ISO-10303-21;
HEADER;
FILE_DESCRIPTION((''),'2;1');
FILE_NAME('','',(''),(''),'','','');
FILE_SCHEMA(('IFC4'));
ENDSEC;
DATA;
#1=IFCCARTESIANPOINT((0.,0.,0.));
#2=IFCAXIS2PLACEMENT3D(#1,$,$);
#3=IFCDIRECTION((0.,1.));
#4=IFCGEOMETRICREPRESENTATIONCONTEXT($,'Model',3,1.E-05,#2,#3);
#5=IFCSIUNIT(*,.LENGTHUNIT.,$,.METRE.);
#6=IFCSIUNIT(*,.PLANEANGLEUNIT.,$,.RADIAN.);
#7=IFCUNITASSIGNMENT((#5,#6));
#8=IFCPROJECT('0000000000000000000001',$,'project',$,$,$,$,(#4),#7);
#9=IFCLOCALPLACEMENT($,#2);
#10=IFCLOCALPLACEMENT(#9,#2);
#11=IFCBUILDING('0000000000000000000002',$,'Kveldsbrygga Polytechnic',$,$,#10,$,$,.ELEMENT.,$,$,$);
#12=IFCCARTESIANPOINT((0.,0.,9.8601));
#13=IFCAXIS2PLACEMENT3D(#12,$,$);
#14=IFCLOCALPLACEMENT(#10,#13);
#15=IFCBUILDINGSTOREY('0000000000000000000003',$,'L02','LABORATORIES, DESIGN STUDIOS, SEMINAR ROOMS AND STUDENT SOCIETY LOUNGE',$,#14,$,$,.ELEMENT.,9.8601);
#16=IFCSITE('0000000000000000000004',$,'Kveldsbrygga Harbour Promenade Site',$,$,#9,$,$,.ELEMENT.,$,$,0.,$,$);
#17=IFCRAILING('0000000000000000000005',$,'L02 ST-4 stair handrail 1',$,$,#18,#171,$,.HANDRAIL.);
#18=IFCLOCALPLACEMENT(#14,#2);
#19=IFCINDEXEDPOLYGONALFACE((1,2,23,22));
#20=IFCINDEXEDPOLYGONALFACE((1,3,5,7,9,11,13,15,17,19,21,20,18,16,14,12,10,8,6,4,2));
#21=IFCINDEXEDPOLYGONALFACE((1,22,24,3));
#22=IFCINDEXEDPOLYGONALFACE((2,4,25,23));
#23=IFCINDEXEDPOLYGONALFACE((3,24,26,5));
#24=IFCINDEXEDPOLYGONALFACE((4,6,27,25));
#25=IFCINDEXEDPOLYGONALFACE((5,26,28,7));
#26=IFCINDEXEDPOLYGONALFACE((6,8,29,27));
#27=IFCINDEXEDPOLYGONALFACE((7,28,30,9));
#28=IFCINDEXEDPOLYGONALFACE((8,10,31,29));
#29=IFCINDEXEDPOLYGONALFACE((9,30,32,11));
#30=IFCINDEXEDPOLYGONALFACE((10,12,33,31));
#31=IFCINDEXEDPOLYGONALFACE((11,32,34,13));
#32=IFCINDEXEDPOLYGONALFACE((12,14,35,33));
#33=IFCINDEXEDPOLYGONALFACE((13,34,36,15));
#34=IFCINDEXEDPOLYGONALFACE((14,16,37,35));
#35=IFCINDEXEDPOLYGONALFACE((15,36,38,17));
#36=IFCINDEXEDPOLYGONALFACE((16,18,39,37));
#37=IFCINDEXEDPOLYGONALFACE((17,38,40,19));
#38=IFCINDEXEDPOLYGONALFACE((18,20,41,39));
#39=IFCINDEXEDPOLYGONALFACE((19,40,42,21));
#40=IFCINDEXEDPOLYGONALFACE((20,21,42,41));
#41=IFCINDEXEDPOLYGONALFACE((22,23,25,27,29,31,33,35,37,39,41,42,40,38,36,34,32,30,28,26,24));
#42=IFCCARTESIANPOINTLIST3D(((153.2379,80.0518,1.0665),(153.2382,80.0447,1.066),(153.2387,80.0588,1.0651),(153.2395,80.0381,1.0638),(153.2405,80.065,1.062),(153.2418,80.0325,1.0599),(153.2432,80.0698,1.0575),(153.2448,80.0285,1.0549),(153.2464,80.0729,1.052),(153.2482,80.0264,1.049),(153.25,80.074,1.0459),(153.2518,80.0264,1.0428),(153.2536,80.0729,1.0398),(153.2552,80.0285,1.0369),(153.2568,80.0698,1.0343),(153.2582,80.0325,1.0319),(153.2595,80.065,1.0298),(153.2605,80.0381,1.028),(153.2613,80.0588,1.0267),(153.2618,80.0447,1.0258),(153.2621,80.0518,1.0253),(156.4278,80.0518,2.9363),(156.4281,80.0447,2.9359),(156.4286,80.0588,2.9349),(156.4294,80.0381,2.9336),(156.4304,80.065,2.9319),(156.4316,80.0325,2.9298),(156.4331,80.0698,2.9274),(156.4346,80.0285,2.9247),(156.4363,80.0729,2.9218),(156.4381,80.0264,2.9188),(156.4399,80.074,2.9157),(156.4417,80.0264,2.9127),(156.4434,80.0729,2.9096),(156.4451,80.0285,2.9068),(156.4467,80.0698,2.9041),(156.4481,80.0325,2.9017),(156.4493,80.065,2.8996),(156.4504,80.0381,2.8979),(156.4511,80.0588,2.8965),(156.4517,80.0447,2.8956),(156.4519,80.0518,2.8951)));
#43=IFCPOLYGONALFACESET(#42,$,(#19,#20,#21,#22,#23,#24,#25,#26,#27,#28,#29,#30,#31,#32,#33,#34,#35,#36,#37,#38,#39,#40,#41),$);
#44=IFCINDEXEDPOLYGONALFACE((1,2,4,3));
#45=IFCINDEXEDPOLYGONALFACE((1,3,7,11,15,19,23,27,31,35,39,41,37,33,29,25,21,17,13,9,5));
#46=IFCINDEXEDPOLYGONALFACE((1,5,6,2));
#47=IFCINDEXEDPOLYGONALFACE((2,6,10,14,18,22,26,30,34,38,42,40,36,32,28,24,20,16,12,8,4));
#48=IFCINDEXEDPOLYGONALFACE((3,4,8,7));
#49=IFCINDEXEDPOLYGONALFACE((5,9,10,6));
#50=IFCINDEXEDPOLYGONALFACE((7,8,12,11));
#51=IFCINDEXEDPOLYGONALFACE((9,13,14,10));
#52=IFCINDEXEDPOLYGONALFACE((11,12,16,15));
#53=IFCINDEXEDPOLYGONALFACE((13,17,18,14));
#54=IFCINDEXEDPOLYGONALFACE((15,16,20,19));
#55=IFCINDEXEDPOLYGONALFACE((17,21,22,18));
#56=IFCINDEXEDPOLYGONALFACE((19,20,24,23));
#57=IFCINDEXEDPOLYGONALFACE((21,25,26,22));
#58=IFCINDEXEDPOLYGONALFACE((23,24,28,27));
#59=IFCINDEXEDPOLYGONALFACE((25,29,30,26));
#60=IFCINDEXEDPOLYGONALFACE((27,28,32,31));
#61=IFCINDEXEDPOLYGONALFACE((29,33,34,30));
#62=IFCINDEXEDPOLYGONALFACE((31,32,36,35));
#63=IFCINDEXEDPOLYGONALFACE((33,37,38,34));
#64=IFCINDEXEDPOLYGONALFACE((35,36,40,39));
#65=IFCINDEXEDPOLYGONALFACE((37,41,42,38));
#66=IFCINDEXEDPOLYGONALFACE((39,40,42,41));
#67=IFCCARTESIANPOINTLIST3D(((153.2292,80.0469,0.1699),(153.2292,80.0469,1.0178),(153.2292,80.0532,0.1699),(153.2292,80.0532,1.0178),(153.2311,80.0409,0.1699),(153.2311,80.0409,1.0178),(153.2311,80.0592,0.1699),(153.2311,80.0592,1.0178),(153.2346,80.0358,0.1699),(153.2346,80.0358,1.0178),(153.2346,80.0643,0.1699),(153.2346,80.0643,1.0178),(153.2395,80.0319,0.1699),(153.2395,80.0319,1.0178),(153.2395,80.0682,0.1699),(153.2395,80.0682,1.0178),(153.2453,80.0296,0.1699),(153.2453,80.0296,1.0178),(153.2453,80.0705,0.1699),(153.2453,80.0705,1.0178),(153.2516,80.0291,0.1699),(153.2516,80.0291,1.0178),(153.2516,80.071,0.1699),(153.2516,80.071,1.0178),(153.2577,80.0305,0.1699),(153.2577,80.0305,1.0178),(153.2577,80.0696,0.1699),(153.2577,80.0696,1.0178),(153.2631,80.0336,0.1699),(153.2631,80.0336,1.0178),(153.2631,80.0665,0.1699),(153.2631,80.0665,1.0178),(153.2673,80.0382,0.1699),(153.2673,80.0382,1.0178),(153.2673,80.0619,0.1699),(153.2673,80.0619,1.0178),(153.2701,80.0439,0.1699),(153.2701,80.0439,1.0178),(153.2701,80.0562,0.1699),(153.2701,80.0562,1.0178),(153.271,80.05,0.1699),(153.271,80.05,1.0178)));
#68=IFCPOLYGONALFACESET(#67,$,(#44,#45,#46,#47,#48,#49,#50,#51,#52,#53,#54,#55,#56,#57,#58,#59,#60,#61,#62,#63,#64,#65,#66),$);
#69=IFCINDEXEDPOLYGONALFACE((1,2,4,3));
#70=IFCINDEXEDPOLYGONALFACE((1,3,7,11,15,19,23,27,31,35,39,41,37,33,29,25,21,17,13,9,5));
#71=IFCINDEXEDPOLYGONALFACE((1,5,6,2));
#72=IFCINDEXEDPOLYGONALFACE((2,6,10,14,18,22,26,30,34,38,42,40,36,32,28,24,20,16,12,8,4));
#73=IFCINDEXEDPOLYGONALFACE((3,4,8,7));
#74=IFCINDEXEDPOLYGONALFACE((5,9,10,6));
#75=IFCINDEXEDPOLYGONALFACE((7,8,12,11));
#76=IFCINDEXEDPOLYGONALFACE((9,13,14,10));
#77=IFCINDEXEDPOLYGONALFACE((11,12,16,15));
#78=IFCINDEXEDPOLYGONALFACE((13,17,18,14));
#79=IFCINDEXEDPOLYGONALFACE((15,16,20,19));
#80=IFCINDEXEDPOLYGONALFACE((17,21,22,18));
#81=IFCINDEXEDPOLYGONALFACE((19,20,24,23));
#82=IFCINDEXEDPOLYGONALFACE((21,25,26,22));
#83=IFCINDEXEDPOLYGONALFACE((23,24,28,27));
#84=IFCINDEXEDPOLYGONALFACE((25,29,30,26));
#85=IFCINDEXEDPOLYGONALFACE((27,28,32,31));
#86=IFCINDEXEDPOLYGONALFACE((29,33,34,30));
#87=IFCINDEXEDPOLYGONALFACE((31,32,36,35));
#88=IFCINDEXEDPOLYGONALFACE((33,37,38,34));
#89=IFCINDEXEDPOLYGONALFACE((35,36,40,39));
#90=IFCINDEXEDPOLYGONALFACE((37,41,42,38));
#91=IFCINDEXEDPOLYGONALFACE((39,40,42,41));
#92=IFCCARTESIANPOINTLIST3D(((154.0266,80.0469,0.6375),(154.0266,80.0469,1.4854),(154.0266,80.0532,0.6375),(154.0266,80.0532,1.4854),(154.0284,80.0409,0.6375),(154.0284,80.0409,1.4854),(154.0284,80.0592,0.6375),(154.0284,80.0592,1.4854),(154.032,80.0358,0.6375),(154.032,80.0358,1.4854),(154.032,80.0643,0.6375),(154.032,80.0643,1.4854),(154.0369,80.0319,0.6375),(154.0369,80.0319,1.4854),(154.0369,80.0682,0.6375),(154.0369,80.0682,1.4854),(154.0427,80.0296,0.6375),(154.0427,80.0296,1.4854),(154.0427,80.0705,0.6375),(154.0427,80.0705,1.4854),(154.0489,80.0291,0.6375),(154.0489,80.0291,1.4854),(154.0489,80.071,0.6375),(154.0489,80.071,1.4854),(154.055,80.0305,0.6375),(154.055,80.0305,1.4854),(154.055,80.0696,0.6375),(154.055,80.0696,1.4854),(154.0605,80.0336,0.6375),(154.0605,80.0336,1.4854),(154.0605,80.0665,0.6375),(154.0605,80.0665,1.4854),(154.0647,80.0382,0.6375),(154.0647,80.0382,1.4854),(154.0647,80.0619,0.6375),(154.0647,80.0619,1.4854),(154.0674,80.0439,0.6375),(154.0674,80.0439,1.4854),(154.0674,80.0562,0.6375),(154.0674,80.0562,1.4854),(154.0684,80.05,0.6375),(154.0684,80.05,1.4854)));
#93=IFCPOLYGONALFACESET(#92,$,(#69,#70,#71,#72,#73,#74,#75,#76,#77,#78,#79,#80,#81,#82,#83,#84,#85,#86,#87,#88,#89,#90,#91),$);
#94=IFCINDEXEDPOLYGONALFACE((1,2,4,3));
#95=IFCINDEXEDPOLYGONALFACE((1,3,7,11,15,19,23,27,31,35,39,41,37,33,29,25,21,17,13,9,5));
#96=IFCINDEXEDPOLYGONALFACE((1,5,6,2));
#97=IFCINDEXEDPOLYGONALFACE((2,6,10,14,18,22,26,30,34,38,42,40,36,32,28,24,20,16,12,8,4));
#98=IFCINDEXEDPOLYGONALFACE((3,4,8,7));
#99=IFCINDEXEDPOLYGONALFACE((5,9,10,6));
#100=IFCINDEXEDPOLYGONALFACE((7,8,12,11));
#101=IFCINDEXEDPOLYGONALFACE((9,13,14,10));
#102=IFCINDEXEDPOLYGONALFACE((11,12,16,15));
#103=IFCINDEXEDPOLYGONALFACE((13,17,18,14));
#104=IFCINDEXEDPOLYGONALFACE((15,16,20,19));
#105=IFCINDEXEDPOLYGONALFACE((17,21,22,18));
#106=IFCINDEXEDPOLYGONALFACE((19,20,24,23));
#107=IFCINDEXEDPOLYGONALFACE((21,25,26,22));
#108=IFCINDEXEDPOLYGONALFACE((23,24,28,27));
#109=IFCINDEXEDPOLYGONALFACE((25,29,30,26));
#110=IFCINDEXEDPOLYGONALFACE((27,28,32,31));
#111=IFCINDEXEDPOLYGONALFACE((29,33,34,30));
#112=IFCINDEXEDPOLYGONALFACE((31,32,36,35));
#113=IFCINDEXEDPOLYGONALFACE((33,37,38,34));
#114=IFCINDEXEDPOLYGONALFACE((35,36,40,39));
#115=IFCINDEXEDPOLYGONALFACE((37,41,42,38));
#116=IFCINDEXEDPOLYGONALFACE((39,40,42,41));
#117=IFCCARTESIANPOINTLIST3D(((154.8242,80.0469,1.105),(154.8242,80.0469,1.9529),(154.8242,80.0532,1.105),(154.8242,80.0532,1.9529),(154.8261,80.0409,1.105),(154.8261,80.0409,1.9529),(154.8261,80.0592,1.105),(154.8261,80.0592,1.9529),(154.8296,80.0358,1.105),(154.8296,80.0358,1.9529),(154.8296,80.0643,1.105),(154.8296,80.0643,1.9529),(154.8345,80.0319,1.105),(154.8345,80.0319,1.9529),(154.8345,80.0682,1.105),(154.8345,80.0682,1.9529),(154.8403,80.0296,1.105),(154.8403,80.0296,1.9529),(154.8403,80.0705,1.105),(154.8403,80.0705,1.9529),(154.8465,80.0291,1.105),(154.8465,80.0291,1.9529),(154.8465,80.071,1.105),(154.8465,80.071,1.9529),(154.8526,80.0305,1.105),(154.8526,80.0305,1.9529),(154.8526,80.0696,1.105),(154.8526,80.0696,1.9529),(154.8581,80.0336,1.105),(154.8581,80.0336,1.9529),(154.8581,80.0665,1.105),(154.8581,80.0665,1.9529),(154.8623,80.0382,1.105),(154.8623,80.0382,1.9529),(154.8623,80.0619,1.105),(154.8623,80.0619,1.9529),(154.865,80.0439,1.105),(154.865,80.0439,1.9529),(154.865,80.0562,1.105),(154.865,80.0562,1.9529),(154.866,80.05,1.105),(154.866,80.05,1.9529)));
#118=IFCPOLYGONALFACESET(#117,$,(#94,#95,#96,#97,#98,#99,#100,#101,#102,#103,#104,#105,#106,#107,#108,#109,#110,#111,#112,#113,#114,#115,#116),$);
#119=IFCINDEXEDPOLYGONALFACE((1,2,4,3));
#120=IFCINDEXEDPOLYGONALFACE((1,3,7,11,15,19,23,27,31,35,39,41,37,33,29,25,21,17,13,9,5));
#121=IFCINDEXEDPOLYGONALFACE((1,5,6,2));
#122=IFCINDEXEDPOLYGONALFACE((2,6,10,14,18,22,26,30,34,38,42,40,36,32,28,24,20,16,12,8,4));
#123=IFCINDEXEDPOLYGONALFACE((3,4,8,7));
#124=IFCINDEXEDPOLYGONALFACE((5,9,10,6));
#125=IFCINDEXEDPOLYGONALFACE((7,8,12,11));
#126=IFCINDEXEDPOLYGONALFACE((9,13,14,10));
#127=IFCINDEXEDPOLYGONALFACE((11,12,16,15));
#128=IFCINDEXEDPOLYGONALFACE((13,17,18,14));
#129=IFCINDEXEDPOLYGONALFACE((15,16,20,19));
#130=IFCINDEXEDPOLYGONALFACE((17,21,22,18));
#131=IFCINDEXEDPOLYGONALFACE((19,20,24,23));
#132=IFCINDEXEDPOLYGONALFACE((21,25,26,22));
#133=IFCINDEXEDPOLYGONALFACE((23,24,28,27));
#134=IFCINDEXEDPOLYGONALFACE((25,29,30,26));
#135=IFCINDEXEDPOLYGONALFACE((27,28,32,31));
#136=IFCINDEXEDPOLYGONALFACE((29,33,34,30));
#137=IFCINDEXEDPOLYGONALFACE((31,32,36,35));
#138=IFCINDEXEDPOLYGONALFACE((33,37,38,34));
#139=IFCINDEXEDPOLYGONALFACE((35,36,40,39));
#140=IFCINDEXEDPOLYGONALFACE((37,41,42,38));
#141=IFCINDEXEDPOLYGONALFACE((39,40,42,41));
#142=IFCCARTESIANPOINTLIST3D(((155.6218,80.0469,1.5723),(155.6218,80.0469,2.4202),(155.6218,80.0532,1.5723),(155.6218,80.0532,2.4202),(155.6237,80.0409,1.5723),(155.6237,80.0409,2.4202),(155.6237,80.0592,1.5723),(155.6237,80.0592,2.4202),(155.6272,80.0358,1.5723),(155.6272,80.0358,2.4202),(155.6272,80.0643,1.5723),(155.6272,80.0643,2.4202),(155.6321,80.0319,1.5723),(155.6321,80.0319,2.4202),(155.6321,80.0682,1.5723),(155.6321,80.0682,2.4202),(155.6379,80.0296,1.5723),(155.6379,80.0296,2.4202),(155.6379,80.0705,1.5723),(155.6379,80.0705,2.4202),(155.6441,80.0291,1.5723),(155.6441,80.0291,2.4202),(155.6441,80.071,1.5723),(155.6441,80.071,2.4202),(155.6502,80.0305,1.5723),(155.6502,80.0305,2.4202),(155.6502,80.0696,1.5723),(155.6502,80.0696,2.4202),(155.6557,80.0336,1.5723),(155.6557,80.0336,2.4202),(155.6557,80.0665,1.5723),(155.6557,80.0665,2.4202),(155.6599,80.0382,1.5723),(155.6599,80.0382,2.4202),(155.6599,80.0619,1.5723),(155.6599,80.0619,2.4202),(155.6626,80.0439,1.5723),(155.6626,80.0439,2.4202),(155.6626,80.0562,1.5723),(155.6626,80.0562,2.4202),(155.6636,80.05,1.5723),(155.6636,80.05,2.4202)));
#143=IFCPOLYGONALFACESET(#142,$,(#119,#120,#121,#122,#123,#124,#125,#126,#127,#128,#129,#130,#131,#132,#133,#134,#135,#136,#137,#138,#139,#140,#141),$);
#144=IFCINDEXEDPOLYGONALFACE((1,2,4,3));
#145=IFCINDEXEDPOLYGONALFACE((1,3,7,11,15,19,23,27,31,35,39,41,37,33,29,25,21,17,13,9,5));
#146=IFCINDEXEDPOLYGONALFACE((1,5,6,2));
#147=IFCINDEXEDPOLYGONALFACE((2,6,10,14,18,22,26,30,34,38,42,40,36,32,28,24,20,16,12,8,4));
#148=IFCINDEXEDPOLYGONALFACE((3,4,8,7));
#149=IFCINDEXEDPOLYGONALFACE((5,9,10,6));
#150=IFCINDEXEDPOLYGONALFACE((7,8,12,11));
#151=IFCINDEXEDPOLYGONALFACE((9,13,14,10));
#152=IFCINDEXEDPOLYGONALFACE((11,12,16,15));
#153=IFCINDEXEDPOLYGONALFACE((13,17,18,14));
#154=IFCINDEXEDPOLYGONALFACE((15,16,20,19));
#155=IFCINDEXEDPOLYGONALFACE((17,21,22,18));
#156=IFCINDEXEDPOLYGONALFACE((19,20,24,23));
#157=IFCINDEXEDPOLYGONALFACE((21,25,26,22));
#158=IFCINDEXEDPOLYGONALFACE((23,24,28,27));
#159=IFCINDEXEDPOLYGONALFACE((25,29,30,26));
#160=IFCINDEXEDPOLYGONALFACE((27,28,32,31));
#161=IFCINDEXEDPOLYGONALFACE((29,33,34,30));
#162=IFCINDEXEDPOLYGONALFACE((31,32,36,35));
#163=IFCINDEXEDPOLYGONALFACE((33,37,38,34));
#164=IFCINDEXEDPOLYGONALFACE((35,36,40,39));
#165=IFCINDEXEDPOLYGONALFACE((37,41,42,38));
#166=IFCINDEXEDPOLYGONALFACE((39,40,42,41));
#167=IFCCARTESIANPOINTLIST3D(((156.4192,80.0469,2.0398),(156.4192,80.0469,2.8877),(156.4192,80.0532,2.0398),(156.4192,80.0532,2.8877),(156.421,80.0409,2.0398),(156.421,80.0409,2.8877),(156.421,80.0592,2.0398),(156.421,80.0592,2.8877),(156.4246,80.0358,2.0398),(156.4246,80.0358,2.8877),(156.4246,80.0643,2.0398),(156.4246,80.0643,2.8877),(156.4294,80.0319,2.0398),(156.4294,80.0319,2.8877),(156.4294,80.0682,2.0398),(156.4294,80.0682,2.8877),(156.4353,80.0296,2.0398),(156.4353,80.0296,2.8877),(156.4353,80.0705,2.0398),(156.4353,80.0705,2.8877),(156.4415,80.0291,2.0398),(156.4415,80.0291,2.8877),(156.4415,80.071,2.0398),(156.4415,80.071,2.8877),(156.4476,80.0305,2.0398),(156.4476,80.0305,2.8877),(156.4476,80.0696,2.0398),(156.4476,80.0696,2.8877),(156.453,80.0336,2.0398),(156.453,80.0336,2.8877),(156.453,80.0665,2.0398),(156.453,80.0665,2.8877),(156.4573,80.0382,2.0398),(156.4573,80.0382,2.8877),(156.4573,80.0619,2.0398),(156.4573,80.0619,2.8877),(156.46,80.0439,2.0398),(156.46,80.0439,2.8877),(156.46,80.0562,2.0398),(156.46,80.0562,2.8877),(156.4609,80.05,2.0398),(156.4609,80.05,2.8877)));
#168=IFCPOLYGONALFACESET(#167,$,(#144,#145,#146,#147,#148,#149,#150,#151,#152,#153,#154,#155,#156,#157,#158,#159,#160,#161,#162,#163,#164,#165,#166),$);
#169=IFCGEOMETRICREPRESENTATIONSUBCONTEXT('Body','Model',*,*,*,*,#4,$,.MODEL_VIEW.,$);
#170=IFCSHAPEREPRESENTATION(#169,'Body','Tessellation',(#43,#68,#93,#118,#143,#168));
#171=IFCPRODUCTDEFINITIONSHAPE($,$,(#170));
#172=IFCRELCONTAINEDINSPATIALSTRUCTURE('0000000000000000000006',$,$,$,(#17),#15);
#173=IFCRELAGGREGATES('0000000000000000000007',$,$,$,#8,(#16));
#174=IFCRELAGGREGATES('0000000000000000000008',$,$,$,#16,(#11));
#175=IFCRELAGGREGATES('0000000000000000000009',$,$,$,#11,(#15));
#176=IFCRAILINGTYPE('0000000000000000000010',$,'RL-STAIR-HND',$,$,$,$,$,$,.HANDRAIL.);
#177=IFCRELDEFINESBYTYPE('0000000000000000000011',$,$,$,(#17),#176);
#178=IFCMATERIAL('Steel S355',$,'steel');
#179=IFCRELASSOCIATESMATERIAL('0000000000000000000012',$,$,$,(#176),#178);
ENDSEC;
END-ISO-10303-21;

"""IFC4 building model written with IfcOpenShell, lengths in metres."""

from ifc_helpers import new_model, si_unit, direction, frame, origin, origin_2d, place, context, subcontext, project, spatial, circle, extrude, material, type_object, element, save


model = new_model("IFC4")

# Units and contexts
model_context = context("Model", 3, precision=1e-05, world=origin(), true_north=direction((0.0, 1.0)))
body_context = subcontext(model_context, "Body", "Model", "MODEL_VIEW")
ifc_project = project(units=[si_unit("LENGTHUNIT", "METRE"), si_unit("PLANEANGLEUNIT", "RADIAN")], contexts=[model_context])

# Site, building, storey
site_placement = place(None, origin())
site = spatial("IfcSite", under=ifc_project, at=site_placement, Name="Kveldsbrygga Harbour Promenade Site", CompositionType="ELEMENT", RefElevation=0.0)
building_placement = place(site_placement, origin())
building = spatial("IfcBuilding", under=site, at=building_placement, Name="Kveldsbrygga Polytechnic", CompositionType="ELEMENT")
storey_placement = place(building_placement, frame((0.0, 0.0, 9.8601)))
storey = spatial("IfcBuildingStorey", under=building, at=storey_placement, Name="L02", Description="LABORATORIES, DESIGN STUDIOS, SEMINAR ROOMS AND STUDENT SOCIETY LOUNGE", CompositionType="ELEMENT", Elevation=9.8601)

# Shared definitions
ifc_material_1 = material(Name="Steel S355", Category="steel")

# Railing
railing_type_1 = type_object("IfcRailingType", Name="RL-STAIR-HND", PredefinedType="HANDRAIL", material=ifc_material_1)
railing_1_placement = place(storey_placement, frame((153.25, 80.05, 0.1699)))
element("IfcRailing", 1, at=railing_1_placement, inside=storey, type_object=railing_type_1, Name="L02 ST-4 stair handrail 1", PredefinedType="HANDRAIL", context=body_context, shape_type="SweptSolid", body=[
    extrude(circle(Radius=0.0239, at=origin_2d()), frame((0.0, 0.0, 0.876), z_axis=(0.862709, 0.0, 0.505701), x_axis=(0.0, 1.0, 0.0)), (0.0, 0.0, 1.0), 3.6975),
    extrude(circle(Radius=0.021, at=origin_2d()), origin(), (0.0, 0.0, 1.0), 0.8479),
    extrude(circle(Radius=0.021, at=origin_2d()), frame((0.7974, 0.0, 0.4675)), (0.0, 0.0, 1.0), 0.8479),
    extrude(circle(Radius=0.021, at=origin_2d()), frame((1.595, 0.0, 0.9351)), (0.0, 0.0, 1.0), 0.8479),
    extrude(circle(Radius=0.021, at=origin_2d()), frame((2.3926, 0.0, 1.4023)), (0.0, 0.0, 1.0), 0.8479),
    extrude(circle(Radius=0.021, at=origin_2d()), frame((3.1899, 0.0, 1.8699)), (0.0, 0.0, 1.0), 0.8479),
])

save(model, "model.ifc")
